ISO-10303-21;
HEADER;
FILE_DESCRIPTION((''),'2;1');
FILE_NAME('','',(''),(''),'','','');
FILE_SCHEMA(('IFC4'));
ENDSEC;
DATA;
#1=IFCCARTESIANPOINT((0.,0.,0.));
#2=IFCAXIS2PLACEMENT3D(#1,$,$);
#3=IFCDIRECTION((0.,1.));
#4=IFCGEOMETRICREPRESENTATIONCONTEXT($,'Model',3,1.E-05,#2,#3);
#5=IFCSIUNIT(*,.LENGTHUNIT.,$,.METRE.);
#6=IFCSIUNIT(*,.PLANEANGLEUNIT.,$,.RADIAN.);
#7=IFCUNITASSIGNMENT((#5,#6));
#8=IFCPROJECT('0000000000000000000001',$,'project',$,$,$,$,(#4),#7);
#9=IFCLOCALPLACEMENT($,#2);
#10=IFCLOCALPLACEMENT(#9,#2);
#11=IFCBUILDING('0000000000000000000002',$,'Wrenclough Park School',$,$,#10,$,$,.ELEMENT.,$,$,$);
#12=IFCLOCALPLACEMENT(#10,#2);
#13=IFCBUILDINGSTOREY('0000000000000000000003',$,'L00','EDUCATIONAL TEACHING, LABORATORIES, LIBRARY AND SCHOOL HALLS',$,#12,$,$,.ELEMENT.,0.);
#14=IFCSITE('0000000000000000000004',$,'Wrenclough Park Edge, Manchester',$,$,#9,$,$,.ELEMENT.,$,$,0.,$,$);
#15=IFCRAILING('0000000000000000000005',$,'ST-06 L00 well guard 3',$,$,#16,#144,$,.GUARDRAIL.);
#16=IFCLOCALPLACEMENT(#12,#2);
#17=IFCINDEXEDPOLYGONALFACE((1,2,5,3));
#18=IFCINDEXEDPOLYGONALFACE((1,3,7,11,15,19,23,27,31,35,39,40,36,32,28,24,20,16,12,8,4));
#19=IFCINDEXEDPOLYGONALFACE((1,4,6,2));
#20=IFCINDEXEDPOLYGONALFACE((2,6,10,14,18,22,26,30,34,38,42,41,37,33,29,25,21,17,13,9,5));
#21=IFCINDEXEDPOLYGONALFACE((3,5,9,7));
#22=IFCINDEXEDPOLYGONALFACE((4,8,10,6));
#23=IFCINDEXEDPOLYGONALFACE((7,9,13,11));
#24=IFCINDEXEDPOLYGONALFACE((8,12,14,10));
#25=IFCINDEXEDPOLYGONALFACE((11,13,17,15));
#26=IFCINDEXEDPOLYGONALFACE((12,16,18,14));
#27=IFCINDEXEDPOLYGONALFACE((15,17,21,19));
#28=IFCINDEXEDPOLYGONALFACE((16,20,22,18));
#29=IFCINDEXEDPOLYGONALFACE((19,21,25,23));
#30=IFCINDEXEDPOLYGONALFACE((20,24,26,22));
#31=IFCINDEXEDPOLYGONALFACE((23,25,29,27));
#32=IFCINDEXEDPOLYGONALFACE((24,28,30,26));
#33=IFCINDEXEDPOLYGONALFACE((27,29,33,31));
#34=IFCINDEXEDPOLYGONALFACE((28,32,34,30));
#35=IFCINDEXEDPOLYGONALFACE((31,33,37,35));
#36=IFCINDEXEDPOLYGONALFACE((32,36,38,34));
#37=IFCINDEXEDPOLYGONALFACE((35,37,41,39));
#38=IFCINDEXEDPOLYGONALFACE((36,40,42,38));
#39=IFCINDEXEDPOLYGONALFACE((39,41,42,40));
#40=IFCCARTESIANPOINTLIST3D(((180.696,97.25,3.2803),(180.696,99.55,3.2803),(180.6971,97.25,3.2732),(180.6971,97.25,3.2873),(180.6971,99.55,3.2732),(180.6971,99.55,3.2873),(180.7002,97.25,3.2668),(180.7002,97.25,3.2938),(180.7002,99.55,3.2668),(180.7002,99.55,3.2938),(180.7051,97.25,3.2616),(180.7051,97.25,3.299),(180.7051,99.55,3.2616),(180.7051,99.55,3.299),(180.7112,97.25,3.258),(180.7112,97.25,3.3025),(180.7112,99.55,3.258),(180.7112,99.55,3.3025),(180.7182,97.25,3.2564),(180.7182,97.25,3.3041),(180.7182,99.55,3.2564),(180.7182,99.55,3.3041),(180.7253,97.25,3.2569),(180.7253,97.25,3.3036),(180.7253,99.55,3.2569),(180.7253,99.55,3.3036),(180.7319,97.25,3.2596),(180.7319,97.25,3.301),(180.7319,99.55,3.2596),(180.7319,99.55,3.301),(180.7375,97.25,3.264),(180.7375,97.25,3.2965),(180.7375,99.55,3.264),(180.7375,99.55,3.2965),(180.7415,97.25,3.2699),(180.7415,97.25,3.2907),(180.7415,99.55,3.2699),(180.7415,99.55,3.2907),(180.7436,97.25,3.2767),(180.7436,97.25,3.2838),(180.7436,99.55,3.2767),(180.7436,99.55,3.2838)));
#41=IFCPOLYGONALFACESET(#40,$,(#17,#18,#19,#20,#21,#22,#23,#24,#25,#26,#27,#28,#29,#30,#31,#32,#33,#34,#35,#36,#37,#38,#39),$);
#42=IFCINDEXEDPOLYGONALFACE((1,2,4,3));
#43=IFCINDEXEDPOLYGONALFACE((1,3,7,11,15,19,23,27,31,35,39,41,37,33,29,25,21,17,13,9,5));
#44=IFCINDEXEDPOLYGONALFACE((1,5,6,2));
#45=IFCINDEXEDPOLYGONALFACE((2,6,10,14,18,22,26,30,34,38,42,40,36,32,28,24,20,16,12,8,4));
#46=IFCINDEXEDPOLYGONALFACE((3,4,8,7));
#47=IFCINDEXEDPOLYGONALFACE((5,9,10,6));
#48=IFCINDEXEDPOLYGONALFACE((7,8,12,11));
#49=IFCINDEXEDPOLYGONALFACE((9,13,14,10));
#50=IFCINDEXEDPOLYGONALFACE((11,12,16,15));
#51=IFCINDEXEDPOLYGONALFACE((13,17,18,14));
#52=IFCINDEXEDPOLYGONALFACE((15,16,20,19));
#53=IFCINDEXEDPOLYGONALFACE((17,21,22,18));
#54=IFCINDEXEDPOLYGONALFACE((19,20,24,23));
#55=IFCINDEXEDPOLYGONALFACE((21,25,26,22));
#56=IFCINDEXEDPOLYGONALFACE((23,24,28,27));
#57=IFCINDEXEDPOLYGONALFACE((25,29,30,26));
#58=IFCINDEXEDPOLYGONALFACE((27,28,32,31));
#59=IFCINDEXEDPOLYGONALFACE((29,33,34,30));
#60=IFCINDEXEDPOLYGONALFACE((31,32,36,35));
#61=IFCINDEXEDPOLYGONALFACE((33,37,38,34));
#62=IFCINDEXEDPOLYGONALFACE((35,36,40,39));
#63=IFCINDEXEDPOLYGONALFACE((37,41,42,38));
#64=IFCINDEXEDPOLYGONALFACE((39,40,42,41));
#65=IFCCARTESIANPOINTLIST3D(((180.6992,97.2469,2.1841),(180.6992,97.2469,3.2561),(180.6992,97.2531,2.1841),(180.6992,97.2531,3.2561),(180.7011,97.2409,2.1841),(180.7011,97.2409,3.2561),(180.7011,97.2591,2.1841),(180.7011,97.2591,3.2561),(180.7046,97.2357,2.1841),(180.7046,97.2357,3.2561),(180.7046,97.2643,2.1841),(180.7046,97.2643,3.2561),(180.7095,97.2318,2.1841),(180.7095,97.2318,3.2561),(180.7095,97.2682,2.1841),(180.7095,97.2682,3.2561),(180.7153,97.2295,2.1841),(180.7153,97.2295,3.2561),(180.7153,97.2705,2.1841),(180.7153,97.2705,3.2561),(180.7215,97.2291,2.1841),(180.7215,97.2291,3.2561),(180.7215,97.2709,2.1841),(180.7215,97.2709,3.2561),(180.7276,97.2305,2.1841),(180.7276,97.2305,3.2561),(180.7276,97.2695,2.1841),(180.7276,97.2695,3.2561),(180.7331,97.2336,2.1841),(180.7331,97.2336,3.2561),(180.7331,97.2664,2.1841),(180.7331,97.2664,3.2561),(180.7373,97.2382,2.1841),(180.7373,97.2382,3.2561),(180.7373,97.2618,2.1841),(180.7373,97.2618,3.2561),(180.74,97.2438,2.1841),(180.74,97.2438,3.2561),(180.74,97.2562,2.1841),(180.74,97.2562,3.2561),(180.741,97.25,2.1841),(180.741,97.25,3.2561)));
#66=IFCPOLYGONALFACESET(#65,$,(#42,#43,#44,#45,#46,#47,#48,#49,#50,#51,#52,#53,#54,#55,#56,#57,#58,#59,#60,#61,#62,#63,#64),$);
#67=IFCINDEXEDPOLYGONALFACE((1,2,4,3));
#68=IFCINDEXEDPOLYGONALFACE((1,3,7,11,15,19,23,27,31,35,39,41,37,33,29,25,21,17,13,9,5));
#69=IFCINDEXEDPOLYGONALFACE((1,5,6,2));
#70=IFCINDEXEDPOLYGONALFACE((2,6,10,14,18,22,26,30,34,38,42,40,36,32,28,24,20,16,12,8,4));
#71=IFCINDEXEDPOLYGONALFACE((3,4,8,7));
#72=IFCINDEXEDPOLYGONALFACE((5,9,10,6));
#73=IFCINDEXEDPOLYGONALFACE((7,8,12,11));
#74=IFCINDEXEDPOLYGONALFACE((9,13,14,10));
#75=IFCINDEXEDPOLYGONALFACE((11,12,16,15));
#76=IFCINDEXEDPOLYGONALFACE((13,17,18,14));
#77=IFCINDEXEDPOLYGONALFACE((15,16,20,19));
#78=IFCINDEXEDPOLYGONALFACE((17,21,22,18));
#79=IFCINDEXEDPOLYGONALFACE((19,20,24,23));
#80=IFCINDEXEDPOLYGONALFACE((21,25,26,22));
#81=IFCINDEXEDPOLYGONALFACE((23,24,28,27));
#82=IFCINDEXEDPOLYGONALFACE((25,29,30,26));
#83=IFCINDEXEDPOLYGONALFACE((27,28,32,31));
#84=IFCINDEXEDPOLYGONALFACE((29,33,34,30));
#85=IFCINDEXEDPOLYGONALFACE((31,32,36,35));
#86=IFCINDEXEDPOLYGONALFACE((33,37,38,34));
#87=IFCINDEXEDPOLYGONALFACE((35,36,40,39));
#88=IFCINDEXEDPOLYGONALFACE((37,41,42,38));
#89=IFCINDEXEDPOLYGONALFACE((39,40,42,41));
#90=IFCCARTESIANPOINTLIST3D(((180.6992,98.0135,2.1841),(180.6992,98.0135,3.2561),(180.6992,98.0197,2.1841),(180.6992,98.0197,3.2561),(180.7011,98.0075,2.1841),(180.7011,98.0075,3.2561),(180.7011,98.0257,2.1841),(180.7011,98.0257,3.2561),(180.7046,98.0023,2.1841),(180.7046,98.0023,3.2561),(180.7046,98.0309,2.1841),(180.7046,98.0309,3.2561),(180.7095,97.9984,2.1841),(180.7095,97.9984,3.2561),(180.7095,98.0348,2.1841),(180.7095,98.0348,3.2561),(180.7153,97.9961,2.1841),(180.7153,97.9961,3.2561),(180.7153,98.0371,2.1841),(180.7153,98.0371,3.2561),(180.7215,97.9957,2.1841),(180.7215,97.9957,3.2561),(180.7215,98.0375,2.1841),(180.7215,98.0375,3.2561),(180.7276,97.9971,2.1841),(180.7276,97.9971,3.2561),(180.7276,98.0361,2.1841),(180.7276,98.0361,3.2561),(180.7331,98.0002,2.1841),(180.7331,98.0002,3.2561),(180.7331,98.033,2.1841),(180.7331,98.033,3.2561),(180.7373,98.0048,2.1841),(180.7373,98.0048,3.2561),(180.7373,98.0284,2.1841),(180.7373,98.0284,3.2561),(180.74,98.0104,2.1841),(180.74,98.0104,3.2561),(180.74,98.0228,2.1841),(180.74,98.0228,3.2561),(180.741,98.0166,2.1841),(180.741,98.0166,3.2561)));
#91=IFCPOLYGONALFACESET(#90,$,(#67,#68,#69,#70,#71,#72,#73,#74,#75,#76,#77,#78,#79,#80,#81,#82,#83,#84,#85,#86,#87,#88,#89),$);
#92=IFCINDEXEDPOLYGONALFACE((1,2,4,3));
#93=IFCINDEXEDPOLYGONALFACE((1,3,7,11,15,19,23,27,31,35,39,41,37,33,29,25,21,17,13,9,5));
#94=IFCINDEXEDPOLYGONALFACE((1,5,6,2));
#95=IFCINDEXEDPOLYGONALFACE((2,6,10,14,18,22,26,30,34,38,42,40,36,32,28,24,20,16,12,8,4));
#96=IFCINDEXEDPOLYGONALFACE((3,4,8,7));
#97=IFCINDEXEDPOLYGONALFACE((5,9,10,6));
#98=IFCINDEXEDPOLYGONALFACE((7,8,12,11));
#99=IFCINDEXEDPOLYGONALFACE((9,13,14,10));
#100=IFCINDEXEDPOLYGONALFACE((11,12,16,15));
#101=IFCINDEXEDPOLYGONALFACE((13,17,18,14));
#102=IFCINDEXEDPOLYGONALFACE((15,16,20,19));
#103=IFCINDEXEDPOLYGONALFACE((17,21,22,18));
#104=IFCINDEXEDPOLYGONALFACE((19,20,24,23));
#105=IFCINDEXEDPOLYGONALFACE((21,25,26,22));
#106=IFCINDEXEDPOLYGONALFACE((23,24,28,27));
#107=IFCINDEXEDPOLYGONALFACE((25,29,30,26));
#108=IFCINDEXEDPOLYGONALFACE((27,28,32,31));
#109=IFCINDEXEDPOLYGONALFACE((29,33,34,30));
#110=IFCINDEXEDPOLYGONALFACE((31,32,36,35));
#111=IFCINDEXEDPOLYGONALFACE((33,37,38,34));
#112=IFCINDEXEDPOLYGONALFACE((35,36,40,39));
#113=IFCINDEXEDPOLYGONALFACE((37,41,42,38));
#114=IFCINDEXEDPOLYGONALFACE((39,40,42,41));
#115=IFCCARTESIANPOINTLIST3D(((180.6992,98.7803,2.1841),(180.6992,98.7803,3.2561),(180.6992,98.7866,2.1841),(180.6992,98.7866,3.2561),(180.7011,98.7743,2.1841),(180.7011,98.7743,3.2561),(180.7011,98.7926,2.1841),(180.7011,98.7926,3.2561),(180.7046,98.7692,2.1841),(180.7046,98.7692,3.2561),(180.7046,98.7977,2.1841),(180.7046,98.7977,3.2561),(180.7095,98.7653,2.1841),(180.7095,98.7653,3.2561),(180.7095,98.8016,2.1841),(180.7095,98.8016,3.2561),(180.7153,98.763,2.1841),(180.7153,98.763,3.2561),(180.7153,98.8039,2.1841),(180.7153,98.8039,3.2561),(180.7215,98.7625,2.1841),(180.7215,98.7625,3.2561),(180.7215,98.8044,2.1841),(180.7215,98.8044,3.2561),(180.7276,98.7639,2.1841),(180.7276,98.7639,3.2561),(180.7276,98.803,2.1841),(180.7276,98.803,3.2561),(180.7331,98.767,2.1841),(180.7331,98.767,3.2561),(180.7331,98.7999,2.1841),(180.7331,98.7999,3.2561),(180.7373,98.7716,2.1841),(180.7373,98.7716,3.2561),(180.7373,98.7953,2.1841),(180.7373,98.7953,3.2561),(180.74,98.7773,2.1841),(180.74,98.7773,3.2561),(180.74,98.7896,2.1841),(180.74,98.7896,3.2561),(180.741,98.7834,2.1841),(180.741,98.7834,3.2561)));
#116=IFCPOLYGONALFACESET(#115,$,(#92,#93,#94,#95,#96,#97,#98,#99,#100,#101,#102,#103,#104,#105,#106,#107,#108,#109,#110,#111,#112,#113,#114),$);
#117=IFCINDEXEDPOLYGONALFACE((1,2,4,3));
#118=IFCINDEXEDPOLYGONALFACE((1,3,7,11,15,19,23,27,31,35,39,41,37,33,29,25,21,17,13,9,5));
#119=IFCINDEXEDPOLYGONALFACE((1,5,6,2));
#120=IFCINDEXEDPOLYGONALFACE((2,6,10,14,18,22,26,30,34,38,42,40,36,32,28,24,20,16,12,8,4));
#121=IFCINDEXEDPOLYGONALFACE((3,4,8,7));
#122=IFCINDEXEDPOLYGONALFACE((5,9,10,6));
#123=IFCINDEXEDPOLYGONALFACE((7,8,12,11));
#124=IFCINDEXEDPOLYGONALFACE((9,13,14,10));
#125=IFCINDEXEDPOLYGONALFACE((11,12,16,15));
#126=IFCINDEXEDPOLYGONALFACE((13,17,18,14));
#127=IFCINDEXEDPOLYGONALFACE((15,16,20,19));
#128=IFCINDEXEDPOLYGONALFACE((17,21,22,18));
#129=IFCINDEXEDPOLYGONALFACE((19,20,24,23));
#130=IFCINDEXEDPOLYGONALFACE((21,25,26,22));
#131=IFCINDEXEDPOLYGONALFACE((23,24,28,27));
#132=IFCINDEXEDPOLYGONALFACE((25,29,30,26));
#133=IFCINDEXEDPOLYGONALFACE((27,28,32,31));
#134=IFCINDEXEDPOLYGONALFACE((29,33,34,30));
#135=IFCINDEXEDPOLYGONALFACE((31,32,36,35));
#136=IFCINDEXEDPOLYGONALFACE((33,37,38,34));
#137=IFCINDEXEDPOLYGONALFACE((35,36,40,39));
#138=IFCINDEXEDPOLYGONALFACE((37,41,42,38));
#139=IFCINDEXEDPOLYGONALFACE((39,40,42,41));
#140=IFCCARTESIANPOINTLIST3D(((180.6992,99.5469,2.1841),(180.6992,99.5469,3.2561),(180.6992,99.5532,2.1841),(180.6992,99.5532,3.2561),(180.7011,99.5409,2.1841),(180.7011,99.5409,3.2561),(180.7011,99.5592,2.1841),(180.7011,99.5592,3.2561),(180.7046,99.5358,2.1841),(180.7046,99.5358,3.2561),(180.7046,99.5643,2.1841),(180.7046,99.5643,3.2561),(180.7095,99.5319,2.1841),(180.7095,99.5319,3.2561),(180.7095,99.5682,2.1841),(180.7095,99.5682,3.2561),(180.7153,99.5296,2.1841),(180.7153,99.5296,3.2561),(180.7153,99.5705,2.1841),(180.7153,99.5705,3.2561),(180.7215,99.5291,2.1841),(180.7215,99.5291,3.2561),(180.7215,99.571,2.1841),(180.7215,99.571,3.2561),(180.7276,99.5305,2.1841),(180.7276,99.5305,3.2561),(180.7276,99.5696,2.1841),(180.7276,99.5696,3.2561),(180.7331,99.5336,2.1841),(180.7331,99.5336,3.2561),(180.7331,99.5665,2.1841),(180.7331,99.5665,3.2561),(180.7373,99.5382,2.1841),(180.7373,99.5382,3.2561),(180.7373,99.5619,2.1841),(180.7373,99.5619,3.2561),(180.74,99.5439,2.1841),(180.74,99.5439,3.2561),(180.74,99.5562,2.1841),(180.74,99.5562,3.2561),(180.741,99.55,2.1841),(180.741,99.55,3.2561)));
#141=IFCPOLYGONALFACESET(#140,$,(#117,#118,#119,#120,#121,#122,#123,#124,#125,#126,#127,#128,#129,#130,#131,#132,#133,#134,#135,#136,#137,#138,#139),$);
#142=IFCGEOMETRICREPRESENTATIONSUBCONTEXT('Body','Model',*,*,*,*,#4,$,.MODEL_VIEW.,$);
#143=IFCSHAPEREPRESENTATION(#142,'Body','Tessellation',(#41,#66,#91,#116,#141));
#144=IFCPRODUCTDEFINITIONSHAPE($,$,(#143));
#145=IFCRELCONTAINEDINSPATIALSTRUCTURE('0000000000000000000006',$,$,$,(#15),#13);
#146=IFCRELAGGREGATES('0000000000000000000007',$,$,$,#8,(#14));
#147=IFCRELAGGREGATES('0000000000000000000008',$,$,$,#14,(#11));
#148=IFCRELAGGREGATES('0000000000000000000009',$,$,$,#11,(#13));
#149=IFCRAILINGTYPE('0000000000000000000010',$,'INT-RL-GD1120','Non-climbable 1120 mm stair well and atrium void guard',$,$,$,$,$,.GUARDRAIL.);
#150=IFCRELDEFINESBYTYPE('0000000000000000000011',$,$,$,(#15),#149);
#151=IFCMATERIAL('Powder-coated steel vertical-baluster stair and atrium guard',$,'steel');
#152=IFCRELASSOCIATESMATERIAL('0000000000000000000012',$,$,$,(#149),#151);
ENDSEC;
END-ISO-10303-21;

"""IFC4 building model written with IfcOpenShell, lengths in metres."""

from ifc_helpers import new_model, si_unit, direction, frame, origin, origin_2d, place, context, subcontext, project, spatial, circle, extrude, material, type_object, element, save


model = new_model("IFC4")

# Units and contexts
model_context = context("Model", 3, precision=1e-05, world=origin(), true_north=direction((0.0, 1.0)))
body_context = subcontext(model_context, "Body", "Model", "MODEL_VIEW")
ifc_project = project(units=[si_unit("LENGTHUNIT", "METRE"), si_unit("PLANEANGLEUNIT", "RADIAN")], contexts=[model_context])

# Site, building, storey
site_placement = place(None, origin())
site = spatial("IfcSite", under=ifc_project, at=site_placement, Name="Wrenclough Park Edge, Manchester", CompositionType="ELEMENT", RefElevation=0.0)
building_placement = place(site_placement, origin())
building = spatial("IfcBuilding", under=site, at=building_placement, Name="Wrenclough Park School", CompositionType="ELEMENT")
storey_placement = place(building_placement, origin())
storey = spatial("IfcBuildingStorey", under=building, at=storey_placement, Name="L00", Description="EDUCATIONAL TEACHING, LABORATORIES, LIBRARY AND SCHOOL HALLS", CompositionType="ELEMENT", Elevation=0.0)

# Railing
ifc_material_1 = material(Name="Powder-coated steel vertical-baluster stair and atrium guard", Category="steel")
railing_type = type_object("IfcRailingType", Name="INT-RL-GD1120", Description="Non-climbable 1120 mm stair well and atrium void guard", PredefinedType="GUARDRAIL", material=ifc_material_1)
railing_1_placement = place(storey_placement, frame((180.72, 97.25, 2.1841)))
element("IfcRailing", 1, at=railing_1_placement, inside=storey, type_object=railing_type, Name="ST-06 L00 well guard 3", PredefinedType="GUARDRAIL", context=body_context, shape_type="SweptSolid", body=[
    extrude(circle(Radius=0.0239, at=origin_2d()), frame((0.0, 0.0, 1.0962), z_axis=(0.0, 1.0, 0.0), x_axis=(-1.0, 0.0, 0.0)), (0.0, 0.0, 1.0), 2.3),
    extrude(circle(Radius=0.021, at=origin_2d()), origin(), (0.0, 0.0, 1.0), 1.072),
    extrude(circle(Radius=0.021, at=origin_2d()), frame((0.0, 0.7666, 0.0)), (0.0, 0.0, 1.0), 1.072),
    extrude(circle(Radius=0.021, at=origin_2d()), frame((0.0, 1.5334, 0.0)), (0.0, 0.0, 1.0), 1.072),
    extrude(circle(Radius=0.021, at=origin_2d()), frame((0.0, 2.3, 0.0)), (0.0, 0.0, 1.0), 1.072),
])

save(model, "model.ifc")
